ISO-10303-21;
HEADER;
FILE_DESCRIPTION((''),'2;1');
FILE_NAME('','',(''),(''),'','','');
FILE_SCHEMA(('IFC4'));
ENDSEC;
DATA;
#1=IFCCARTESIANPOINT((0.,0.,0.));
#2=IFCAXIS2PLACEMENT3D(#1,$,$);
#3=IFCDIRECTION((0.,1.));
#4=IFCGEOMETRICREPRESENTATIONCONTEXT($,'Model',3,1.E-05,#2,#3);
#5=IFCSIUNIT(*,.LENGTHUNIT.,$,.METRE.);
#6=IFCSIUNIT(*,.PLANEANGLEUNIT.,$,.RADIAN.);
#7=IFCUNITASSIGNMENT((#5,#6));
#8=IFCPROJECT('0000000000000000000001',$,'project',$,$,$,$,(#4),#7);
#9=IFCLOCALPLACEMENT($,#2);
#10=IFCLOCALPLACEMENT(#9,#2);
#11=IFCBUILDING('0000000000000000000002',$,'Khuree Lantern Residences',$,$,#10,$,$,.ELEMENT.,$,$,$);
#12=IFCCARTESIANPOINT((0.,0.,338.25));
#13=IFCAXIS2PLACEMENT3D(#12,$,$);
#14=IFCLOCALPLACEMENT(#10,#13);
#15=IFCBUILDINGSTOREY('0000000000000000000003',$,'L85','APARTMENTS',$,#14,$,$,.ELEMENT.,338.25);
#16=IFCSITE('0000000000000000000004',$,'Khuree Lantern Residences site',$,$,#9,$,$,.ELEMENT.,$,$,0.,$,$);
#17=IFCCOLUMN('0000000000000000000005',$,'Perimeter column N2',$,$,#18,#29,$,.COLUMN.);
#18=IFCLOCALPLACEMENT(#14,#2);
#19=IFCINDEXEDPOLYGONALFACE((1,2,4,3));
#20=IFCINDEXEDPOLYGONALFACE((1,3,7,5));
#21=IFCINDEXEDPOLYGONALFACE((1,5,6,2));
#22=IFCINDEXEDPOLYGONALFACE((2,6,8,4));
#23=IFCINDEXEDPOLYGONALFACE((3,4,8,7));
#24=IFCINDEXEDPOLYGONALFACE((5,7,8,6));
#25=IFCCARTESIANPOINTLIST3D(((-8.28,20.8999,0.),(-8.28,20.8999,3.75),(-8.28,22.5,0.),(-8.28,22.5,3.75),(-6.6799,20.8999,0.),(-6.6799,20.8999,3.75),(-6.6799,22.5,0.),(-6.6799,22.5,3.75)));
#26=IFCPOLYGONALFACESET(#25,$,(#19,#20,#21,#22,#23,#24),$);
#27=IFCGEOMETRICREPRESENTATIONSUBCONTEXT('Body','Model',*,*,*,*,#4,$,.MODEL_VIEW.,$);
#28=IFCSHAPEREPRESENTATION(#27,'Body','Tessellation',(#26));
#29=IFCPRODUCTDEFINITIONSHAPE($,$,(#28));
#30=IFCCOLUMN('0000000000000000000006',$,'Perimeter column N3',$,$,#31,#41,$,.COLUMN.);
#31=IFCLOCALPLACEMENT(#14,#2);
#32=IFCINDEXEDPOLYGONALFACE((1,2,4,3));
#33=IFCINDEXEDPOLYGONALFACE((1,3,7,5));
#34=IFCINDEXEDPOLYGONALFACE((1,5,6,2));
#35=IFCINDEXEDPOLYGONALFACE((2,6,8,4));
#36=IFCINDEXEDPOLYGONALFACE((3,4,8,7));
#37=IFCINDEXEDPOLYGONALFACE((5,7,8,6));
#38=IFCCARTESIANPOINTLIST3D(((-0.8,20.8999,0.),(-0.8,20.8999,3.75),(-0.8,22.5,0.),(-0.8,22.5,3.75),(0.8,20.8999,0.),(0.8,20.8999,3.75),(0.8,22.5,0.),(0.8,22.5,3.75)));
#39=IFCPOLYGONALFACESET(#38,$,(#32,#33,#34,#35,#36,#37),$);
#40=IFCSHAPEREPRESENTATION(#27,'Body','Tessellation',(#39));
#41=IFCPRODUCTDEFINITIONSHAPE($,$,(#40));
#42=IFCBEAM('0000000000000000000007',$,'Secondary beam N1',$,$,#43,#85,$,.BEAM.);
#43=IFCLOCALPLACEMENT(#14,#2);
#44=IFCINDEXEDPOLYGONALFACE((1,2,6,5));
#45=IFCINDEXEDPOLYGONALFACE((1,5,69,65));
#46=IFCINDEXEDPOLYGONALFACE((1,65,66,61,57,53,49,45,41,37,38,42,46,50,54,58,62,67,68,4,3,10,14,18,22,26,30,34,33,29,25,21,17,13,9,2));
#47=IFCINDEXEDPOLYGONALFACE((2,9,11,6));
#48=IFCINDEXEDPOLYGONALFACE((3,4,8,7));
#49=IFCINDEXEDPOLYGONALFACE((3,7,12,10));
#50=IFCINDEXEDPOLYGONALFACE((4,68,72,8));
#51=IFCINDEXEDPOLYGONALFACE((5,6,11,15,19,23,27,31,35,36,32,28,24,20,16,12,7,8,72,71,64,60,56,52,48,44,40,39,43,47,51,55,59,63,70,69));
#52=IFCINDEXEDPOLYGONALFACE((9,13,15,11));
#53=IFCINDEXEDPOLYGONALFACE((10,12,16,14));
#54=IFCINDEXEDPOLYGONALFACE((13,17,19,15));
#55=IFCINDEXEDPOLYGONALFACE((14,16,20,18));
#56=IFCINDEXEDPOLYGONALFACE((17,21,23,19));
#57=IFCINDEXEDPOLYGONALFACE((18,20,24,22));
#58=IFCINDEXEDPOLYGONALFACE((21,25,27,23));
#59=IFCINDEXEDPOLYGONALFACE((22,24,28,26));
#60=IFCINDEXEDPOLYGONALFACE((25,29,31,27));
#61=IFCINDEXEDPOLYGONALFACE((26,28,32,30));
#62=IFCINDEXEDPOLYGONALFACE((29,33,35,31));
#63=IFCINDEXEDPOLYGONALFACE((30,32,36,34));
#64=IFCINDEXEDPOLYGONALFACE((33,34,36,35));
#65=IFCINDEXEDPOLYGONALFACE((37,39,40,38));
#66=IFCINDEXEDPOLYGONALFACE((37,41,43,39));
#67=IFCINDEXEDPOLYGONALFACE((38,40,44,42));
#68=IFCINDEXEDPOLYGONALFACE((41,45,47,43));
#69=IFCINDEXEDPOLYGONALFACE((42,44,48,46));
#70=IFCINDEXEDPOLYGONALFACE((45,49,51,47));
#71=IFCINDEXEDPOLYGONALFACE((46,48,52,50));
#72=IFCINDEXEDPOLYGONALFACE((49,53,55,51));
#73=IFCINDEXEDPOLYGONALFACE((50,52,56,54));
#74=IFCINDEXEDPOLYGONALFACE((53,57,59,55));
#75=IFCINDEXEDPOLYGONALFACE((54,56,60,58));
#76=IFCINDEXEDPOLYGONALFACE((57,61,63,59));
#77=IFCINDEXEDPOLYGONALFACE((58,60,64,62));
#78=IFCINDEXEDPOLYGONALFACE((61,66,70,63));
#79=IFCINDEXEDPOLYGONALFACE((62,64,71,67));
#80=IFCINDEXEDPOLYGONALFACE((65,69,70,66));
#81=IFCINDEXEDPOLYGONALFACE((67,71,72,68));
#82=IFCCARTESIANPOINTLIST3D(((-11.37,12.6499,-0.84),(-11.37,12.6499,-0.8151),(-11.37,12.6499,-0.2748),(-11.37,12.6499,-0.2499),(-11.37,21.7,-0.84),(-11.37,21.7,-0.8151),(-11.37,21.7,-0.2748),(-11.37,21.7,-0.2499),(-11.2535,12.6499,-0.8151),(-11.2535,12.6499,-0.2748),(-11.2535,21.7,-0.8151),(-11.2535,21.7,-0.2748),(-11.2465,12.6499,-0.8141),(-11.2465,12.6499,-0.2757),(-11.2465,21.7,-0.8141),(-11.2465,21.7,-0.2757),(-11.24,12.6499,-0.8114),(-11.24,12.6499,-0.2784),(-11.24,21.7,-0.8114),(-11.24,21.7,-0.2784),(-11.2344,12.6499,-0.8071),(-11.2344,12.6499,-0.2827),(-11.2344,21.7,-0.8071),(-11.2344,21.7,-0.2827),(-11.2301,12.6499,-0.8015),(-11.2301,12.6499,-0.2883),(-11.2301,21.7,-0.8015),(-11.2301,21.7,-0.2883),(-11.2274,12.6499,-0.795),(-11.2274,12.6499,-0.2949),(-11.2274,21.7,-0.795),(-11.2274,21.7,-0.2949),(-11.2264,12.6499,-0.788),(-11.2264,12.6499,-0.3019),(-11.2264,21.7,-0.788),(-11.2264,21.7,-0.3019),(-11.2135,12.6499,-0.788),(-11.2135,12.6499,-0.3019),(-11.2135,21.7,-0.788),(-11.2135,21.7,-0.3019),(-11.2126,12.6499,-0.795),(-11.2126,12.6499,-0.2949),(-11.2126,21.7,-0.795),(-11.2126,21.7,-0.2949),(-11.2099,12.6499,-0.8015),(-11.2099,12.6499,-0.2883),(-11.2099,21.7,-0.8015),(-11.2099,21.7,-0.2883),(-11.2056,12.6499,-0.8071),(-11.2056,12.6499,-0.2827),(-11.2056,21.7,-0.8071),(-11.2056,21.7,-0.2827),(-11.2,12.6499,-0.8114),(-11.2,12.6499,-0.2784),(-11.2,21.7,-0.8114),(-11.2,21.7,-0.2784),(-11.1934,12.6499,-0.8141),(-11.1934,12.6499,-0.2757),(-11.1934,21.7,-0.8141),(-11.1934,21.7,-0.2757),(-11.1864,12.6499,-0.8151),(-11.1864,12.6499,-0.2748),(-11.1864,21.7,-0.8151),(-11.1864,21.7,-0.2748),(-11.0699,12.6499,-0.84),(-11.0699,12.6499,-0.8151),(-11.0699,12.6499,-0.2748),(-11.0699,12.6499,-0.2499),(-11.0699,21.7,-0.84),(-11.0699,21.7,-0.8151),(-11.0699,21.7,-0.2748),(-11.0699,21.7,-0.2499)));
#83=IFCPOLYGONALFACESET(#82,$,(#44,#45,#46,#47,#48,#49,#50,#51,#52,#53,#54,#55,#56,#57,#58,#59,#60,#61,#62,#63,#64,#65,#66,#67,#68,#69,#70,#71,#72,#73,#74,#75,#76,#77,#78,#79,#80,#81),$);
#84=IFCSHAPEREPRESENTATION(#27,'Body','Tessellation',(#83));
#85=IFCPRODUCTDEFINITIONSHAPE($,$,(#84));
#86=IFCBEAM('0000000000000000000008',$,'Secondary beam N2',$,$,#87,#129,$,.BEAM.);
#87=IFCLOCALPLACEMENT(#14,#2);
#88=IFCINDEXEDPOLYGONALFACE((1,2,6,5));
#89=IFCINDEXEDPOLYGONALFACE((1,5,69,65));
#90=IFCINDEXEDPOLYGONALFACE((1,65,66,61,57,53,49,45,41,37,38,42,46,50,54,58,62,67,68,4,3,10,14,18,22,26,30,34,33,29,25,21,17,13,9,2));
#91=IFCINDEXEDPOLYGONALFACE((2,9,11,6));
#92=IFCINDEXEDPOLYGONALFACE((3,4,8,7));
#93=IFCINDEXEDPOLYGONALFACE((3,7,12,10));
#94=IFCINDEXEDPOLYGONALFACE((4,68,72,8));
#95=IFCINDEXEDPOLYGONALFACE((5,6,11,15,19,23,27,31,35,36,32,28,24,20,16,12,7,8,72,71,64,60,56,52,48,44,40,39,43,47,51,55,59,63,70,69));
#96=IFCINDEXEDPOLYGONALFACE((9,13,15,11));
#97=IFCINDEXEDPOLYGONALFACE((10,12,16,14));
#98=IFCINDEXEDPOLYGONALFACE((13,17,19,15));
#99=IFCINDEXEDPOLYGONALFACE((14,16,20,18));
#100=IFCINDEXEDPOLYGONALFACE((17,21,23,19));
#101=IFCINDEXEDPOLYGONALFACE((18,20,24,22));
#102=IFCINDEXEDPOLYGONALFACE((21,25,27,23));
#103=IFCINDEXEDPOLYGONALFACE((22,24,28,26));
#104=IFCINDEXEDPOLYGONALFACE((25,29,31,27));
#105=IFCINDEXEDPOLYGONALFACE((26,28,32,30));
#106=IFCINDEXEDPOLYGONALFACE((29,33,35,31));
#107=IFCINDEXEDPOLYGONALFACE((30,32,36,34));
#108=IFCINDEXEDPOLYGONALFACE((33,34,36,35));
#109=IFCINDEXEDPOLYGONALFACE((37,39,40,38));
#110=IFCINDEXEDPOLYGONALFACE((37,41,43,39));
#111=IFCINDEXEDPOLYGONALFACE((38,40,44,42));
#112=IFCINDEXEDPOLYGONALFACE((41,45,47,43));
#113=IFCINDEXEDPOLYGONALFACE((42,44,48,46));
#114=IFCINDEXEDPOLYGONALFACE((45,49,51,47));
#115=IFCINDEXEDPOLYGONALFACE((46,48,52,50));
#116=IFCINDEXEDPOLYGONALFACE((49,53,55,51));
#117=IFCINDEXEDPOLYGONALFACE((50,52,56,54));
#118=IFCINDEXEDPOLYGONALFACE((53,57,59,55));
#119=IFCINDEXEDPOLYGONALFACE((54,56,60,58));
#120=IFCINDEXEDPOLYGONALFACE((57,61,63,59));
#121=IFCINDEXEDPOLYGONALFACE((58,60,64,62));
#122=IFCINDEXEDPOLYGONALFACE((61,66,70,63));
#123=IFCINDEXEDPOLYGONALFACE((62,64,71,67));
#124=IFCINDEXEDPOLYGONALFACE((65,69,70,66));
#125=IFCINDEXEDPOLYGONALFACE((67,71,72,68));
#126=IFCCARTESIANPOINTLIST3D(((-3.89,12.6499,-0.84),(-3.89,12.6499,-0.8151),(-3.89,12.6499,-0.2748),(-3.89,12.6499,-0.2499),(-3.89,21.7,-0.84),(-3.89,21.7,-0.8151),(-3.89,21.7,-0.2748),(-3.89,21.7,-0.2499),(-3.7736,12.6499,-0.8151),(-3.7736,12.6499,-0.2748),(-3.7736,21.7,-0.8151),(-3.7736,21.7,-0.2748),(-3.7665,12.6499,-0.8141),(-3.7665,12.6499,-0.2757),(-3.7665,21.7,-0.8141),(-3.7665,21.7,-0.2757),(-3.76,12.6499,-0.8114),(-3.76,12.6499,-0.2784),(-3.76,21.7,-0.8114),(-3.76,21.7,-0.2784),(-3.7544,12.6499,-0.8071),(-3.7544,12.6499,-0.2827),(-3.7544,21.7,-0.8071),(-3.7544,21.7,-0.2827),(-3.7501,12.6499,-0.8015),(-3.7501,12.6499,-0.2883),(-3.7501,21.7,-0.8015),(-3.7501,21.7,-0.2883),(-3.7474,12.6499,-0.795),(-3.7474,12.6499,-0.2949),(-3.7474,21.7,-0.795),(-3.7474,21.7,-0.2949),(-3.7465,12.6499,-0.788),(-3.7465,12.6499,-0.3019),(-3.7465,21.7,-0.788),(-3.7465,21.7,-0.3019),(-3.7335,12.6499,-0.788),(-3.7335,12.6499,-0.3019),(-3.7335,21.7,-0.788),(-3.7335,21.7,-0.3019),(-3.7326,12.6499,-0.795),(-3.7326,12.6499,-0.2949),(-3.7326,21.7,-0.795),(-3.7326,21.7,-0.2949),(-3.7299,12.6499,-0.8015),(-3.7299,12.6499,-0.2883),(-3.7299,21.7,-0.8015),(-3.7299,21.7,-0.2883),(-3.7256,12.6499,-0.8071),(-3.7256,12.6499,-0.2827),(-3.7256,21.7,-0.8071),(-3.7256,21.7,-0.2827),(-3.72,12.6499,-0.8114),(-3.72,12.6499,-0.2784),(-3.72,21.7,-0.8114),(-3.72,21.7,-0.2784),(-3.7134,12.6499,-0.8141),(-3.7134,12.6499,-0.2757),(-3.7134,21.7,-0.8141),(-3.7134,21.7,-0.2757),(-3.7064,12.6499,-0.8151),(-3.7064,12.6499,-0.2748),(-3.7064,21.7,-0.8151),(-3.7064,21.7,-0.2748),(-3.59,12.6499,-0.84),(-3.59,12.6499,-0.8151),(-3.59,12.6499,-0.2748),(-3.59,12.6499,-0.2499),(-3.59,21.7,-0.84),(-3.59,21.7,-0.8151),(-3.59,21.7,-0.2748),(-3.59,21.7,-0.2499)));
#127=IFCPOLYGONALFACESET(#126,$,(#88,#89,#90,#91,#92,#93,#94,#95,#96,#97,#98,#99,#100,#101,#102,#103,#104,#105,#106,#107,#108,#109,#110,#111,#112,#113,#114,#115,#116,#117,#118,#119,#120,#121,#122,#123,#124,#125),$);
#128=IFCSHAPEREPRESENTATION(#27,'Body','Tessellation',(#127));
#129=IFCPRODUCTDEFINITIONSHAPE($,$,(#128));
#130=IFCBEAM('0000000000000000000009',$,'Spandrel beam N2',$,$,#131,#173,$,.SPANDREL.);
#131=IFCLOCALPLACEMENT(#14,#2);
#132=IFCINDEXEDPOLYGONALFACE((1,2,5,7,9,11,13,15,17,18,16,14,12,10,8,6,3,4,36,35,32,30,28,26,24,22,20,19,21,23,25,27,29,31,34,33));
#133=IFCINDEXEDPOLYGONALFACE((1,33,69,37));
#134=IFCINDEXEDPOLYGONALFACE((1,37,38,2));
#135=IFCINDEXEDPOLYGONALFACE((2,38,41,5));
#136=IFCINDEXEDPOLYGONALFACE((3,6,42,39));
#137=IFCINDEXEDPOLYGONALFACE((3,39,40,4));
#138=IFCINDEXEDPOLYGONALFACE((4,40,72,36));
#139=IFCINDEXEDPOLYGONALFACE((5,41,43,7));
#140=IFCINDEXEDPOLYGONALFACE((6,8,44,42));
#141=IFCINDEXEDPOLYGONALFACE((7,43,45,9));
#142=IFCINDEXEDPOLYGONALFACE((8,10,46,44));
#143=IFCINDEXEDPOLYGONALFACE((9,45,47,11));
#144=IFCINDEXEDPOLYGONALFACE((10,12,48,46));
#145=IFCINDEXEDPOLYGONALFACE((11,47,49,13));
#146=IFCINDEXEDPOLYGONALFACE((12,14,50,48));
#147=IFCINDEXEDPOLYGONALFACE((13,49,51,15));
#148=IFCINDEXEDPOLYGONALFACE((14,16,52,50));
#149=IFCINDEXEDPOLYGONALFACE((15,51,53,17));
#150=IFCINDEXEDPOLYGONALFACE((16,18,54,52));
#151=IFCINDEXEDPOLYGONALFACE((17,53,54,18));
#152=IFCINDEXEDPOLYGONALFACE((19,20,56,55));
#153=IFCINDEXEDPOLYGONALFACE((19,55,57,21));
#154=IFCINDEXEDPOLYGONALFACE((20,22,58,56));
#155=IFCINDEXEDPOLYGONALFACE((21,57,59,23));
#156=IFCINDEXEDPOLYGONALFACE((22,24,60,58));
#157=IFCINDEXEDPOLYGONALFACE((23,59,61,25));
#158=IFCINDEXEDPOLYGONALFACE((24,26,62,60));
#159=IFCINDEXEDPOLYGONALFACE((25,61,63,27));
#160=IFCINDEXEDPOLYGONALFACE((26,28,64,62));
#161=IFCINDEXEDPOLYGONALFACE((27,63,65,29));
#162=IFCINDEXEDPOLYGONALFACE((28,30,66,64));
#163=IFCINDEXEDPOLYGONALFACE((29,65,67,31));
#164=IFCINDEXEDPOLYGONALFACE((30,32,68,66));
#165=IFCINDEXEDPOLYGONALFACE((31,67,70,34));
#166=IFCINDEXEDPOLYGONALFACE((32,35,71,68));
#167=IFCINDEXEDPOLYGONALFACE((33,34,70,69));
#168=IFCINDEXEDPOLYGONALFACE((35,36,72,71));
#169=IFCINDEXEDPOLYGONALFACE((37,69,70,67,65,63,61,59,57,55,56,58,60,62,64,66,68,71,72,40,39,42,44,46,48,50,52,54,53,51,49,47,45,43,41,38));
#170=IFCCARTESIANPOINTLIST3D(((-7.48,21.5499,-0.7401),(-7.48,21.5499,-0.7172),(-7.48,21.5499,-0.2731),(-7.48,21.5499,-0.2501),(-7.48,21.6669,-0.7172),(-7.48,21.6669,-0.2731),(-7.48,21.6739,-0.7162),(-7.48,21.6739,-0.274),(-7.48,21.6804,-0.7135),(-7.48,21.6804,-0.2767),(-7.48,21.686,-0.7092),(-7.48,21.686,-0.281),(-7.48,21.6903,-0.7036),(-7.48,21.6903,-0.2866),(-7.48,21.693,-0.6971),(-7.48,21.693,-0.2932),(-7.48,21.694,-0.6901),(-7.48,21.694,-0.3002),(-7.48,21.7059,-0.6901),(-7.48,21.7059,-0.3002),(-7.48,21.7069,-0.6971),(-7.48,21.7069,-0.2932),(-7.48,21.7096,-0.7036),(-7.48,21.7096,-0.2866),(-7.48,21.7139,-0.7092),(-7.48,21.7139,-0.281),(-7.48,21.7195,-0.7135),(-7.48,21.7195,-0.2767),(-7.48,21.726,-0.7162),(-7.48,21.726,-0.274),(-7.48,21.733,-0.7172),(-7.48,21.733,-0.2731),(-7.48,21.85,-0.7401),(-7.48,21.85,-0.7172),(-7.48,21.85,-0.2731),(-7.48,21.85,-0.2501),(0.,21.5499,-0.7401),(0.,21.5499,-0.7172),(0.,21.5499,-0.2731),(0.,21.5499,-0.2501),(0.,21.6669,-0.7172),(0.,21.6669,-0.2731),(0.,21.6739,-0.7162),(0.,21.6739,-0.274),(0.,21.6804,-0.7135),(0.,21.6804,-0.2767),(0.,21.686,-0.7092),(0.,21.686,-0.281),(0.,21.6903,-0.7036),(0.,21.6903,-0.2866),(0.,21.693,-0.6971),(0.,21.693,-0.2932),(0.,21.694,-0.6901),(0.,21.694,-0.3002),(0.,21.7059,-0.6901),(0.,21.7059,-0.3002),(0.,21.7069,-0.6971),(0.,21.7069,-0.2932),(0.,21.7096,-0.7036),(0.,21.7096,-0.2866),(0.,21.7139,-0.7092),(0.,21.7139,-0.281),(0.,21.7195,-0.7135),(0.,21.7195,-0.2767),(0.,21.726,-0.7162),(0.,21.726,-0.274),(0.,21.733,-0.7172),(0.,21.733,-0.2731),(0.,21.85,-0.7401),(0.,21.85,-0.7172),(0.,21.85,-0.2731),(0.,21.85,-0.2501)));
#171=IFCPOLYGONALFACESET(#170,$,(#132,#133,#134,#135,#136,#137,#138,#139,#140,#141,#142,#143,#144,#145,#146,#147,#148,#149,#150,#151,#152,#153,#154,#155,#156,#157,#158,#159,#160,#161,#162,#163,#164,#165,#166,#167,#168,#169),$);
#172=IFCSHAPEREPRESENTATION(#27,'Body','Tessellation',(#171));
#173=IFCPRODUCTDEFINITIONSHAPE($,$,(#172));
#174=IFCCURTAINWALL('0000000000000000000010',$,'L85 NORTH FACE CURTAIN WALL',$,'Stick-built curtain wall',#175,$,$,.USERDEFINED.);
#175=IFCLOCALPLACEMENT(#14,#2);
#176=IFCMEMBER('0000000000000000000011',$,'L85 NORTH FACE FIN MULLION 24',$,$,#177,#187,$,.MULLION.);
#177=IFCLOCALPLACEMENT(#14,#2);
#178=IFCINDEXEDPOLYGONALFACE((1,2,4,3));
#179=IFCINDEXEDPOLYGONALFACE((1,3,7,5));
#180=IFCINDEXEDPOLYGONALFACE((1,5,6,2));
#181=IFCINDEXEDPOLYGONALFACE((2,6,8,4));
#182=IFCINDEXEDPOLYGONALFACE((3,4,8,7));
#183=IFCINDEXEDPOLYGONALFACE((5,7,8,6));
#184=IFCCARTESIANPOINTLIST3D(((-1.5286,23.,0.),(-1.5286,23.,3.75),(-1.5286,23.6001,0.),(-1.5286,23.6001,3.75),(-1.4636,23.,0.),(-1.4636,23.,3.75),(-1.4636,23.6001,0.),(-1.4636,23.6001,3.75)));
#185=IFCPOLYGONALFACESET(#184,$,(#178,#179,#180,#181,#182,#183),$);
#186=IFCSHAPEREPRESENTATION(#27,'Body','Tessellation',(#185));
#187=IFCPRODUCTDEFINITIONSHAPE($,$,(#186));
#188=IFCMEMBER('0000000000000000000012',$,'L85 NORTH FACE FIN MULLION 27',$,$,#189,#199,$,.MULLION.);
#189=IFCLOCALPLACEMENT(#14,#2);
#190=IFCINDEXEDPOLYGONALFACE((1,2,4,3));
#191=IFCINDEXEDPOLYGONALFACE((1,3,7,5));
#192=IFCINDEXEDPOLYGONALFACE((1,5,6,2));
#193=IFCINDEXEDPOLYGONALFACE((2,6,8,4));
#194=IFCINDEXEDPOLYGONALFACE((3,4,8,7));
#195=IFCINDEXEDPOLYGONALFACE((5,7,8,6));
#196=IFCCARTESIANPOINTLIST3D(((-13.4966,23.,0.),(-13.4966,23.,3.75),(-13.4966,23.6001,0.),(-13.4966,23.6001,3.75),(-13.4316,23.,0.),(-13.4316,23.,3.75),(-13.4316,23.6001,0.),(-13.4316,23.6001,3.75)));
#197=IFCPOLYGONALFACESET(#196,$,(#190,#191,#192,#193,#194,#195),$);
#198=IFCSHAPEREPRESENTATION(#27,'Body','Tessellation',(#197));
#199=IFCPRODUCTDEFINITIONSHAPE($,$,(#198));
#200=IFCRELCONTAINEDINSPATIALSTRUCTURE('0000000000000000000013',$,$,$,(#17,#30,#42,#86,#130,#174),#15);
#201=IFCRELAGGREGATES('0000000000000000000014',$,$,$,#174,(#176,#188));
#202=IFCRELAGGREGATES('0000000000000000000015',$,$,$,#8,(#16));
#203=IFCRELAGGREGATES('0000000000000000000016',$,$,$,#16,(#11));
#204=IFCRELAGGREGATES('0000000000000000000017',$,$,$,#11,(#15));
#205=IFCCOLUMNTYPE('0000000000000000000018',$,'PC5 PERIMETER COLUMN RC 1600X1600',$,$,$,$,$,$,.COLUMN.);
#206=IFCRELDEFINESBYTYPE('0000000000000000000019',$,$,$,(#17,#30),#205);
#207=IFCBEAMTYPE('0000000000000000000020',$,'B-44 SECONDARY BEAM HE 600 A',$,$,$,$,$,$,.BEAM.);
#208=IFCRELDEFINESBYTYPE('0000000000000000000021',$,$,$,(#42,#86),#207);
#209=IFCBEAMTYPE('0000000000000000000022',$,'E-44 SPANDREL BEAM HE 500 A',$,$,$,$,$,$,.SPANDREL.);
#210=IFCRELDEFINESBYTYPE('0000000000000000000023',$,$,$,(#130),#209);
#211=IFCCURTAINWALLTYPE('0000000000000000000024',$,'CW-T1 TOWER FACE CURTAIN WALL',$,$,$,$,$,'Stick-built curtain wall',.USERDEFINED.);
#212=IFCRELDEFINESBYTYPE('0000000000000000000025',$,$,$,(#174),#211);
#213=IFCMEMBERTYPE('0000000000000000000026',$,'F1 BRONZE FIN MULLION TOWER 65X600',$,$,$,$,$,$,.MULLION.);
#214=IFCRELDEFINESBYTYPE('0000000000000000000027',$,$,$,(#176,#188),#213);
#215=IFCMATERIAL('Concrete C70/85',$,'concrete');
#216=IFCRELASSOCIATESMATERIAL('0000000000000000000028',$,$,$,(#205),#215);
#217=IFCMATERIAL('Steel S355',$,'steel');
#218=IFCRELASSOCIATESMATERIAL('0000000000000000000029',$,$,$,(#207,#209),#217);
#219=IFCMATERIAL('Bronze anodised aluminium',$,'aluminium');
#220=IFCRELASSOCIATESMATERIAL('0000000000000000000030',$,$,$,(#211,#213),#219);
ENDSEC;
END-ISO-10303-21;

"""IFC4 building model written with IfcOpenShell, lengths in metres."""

from ifc_helpers import new_model, si_unit, direction, frame, origin, origin_2d, place, context, subcontext, project, spatial, rectangle, i_section, extrude, material, material_profile, profile_set, type_object, element, aggregate, save


model = new_model("IFC4")

# Units and contexts
model_context = context("Model", 3, precision=1e-05, world=origin(), true_north=direction((0.0, 1.0)))
body_context = subcontext(model_context, "Body", "Model", "MODEL_VIEW")
ifc_project = project(units=[si_unit("LENGTHUNIT", "METRE"), si_unit("PLANEANGLEUNIT", "RADIAN")], contexts=[model_context])

# Site, building, storey
site_placement = place(None, origin())
site = spatial("IfcSite", under=ifc_project, at=site_placement, Name="Khuree Lantern Residences site", CompositionType="ELEMENT", RefElevation=0.0)
building_placement = place(site_placement, origin())
building = spatial("IfcBuilding", under=site, at=building_placement, Name="Khuree Lantern Residences", CompositionType="ELEMENT")
storey_placement = place(building_placement, frame((0.0, 0.0, 338.25)))
storey = spatial("IfcBuildingStorey", under=building, at=storey_placement, Name="L85", Description="APARTMENTS", CompositionType="ELEMENT", Elevation=338.25)

# Columns
ifc_material_1 = material(Name="Concrete C70/85", Category="concrete")
ifc_material_profile_1 = material_profile(ifc_material_1, rectangle(XDim=1.6001, YDim=1.6001, at=origin_2d()), Name="RC 1600X1600")
ifc_profile_set_1 = profile_set([ifc_material_profile_1], Name="Concrete C70/85")
column_type = type_object("IfcColumnType", Name="PC5 PERIMETER COLUMN RC 1600X1600", PredefinedType="COLUMN", material=ifc_profile_set_1)
for number, where, z_axis, x_axis, name in (
    (1, (-7.48, 21.7, 0.0), (0.0, 0.0, 1.0), (1.0, 0.0, 0.0), "Perimeter column N2"),
    (2, (0.0, 21.7, 0.0), (0.0, 0.0, 1.0), (1.0, 0.0, 0.0), "Perimeter column N3"),
):
    element("IfcColumn", number, at=place(storey_placement, frame(where, z_axis=z_axis, x_axis=x_axis)), inside=storey, type_object=column_type, Name=name, PredefinedType="COLUMN", context=body_context, shape_type="SweptSolid", body=[
        extrude(rectangle(XDim=1.6001, YDim=1.6001, at=origin_2d()), origin(), (0.0, 0.0, 1.0), 3.75),
    ])

# Beams
ifc_material_2 = material(Name="Steel S355", Category="steel")
ifc_material_profile_2 = material_profile(ifc_material_2, i_section(OverallWidth=0.3, OverallDepth=0.5901, WebThickness=0.0129, FlangeThickness=0.0249, FilletRadius=0.0271, at=origin_2d()), Name="HE 600 A")
ifc_profile_set_2 = profile_set([ifc_material_profile_2], Name="Steel S355")
beam_type_1 = type_object("IfcBeamType", Name="B-44 SECONDARY BEAM HE 600 A", PredefinedType="BEAM", material=ifc_profile_set_2)
for number, where, z_axis, x_axis, name in (
    (3, (-11.22, 21.7, -0.5449), (0.0, -1.0, 0.0), (1.0, 0.0, 0.0), "Secondary beam N1"),
    (4, (-3.74, 21.7, -0.5449), (0.0, -1.0, 0.0), (1.0, 0.0, 0.0), "Secondary beam N2"),
):
    element("IfcBeam", number, at=place(storey_placement, frame(where, z_axis=z_axis, x_axis=x_axis)), inside=storey, type_object=beam_type_1, Name=name, PredefinedType="BEAM", context=body_context, shape_type="SweptSolid", body=[
        extrude(i_section(OverallWidth=0.3, OverallDepth=0.5901, WebThickness=0.0129, FlangeThickness=0.0249, FilletRadius=0.0271, at=origin_2d()), origin(), (0.0, 0.0, 1.0), 9.05),
    ])
ifc_material_profile_3 = material_profile(ifc_material_2, i_section(OverallWidth=0.3, OverallDepth=0.49, WebThickness=0.012, FlangeThickness=0.0229, FilletRadius=0.0271, at=origin_2d()), Name="HE 500 A")
ifc_profile_set_3 = profile_set([ifc_material_profile_3], Name="Steel S355")
beam_type_2 = type_object("IfcBeamType", Name="E-44 SPANDREL BEAM HE 500 A", PredefinedType="SPANDREL", material=ifc_profile_set_3)
beam_1_placement = place(storey_placement, frame((-7.48, 21.7, -0.4951), z_axis=(1.0, 0.0, 0.0), x_axis=(0.0, 1.0, 0.0)))
element("IfcBeam", 5, at=beam_1_placement, inside=storey, type_object=beam_type_2, Name="Spandrel beam N2", PredefinedType="SPANDREL", context=body_context, shape_type="SweptSolid", body=[
    extrude(i_section(OverallWidth=0.3, OverallDepth=0.49, WebThickness=0.012, FlangeThickness=0.0229, FilletRadius=0.0271, at=origin_2d()), origin(), (0.0, 0.0, 1.0), 7.48),
])

# Curtain wall, members
ifc_material_3 = material(Name="Bronze anodised aluminium", Category="aluminium")
curtain_wall_type = type_object("IfcCurtainWallType", Name="CW-T1 TOWER FACE CURTAIN WALL", ElementType="Stick-built curtain wall", PredefinedType="USERDEFINED", material=ifc_material_3)
curtain_wall_placement = place(storey_placement, origin())
curtain_wall = element("IfcCurtainWall", 6, at=curtain_wall_placement, inside=storey, type_object=curtain_wall_type, Name="L85 NORTH FACE CURTAIN WALL", ObjectType="Stick-built curtain wall", PredefinedType="USERDEFINED")
ifc_material_profile_4 = material_profile(ifc_material_3, rectangle(XDim=0.0649, YDim=0.6001, at=origin_2d()), Name="F1 65X600")
ifc_profile_set_4 = profile_set([ifc_material_profile_4], Name="Bronze anodised aluminium")
member_type_1 = type_object("IfcMemberType", Name="F1 BRONZE FIN MULLION TOWER 65X600", PredefinedType="MULLION", material=ifc_profile_set_4)
member_1_placement = place(storey_placement, frame((-1.4961, 23.3, 0.0), z_axis=(0.0, 0.0, 1.0), x_axis=(-1.0, 0.0, 0.0)))
member_1 = element("IfcMember", 7, at=member_1_placement, type_object=member_type_1, Name="L85 NORTH FACE FIN MULLION 24", PredefinedType="MULLION", context=body_context, shape_type="SweptSolid", body=[
    extrude(rectangle(XDim=0.0649, YDim=0.6001, at=origin_2d()), origin(), (0.0, 0.0, 1.0), 3.75),
])
member_2_placement = place(storey_placement, frame((-13.4641, 23.3, 0.0), z_axis=(0.0, 0.0, 1.0), x_axis=(-1.0, 0.0, 0.0)))
member_2 = element("IfcMember", 8, at=member_2_placement, type_object=member_type_1, Name="L85 NORTH FACE FIN MULLION 27", PredefinedType="MULLION", context=body_context, shape_type="SweptSolid", body=[
    extrude(rectangle(XDim=0.0649, YDim=0.6001, at=origin_2d()), origin(), (0.0, 0.0, 1.0), 3.75),
])

aggregate(curtain_wall, [member_1, member_2])

save(model, "model.ifc")
